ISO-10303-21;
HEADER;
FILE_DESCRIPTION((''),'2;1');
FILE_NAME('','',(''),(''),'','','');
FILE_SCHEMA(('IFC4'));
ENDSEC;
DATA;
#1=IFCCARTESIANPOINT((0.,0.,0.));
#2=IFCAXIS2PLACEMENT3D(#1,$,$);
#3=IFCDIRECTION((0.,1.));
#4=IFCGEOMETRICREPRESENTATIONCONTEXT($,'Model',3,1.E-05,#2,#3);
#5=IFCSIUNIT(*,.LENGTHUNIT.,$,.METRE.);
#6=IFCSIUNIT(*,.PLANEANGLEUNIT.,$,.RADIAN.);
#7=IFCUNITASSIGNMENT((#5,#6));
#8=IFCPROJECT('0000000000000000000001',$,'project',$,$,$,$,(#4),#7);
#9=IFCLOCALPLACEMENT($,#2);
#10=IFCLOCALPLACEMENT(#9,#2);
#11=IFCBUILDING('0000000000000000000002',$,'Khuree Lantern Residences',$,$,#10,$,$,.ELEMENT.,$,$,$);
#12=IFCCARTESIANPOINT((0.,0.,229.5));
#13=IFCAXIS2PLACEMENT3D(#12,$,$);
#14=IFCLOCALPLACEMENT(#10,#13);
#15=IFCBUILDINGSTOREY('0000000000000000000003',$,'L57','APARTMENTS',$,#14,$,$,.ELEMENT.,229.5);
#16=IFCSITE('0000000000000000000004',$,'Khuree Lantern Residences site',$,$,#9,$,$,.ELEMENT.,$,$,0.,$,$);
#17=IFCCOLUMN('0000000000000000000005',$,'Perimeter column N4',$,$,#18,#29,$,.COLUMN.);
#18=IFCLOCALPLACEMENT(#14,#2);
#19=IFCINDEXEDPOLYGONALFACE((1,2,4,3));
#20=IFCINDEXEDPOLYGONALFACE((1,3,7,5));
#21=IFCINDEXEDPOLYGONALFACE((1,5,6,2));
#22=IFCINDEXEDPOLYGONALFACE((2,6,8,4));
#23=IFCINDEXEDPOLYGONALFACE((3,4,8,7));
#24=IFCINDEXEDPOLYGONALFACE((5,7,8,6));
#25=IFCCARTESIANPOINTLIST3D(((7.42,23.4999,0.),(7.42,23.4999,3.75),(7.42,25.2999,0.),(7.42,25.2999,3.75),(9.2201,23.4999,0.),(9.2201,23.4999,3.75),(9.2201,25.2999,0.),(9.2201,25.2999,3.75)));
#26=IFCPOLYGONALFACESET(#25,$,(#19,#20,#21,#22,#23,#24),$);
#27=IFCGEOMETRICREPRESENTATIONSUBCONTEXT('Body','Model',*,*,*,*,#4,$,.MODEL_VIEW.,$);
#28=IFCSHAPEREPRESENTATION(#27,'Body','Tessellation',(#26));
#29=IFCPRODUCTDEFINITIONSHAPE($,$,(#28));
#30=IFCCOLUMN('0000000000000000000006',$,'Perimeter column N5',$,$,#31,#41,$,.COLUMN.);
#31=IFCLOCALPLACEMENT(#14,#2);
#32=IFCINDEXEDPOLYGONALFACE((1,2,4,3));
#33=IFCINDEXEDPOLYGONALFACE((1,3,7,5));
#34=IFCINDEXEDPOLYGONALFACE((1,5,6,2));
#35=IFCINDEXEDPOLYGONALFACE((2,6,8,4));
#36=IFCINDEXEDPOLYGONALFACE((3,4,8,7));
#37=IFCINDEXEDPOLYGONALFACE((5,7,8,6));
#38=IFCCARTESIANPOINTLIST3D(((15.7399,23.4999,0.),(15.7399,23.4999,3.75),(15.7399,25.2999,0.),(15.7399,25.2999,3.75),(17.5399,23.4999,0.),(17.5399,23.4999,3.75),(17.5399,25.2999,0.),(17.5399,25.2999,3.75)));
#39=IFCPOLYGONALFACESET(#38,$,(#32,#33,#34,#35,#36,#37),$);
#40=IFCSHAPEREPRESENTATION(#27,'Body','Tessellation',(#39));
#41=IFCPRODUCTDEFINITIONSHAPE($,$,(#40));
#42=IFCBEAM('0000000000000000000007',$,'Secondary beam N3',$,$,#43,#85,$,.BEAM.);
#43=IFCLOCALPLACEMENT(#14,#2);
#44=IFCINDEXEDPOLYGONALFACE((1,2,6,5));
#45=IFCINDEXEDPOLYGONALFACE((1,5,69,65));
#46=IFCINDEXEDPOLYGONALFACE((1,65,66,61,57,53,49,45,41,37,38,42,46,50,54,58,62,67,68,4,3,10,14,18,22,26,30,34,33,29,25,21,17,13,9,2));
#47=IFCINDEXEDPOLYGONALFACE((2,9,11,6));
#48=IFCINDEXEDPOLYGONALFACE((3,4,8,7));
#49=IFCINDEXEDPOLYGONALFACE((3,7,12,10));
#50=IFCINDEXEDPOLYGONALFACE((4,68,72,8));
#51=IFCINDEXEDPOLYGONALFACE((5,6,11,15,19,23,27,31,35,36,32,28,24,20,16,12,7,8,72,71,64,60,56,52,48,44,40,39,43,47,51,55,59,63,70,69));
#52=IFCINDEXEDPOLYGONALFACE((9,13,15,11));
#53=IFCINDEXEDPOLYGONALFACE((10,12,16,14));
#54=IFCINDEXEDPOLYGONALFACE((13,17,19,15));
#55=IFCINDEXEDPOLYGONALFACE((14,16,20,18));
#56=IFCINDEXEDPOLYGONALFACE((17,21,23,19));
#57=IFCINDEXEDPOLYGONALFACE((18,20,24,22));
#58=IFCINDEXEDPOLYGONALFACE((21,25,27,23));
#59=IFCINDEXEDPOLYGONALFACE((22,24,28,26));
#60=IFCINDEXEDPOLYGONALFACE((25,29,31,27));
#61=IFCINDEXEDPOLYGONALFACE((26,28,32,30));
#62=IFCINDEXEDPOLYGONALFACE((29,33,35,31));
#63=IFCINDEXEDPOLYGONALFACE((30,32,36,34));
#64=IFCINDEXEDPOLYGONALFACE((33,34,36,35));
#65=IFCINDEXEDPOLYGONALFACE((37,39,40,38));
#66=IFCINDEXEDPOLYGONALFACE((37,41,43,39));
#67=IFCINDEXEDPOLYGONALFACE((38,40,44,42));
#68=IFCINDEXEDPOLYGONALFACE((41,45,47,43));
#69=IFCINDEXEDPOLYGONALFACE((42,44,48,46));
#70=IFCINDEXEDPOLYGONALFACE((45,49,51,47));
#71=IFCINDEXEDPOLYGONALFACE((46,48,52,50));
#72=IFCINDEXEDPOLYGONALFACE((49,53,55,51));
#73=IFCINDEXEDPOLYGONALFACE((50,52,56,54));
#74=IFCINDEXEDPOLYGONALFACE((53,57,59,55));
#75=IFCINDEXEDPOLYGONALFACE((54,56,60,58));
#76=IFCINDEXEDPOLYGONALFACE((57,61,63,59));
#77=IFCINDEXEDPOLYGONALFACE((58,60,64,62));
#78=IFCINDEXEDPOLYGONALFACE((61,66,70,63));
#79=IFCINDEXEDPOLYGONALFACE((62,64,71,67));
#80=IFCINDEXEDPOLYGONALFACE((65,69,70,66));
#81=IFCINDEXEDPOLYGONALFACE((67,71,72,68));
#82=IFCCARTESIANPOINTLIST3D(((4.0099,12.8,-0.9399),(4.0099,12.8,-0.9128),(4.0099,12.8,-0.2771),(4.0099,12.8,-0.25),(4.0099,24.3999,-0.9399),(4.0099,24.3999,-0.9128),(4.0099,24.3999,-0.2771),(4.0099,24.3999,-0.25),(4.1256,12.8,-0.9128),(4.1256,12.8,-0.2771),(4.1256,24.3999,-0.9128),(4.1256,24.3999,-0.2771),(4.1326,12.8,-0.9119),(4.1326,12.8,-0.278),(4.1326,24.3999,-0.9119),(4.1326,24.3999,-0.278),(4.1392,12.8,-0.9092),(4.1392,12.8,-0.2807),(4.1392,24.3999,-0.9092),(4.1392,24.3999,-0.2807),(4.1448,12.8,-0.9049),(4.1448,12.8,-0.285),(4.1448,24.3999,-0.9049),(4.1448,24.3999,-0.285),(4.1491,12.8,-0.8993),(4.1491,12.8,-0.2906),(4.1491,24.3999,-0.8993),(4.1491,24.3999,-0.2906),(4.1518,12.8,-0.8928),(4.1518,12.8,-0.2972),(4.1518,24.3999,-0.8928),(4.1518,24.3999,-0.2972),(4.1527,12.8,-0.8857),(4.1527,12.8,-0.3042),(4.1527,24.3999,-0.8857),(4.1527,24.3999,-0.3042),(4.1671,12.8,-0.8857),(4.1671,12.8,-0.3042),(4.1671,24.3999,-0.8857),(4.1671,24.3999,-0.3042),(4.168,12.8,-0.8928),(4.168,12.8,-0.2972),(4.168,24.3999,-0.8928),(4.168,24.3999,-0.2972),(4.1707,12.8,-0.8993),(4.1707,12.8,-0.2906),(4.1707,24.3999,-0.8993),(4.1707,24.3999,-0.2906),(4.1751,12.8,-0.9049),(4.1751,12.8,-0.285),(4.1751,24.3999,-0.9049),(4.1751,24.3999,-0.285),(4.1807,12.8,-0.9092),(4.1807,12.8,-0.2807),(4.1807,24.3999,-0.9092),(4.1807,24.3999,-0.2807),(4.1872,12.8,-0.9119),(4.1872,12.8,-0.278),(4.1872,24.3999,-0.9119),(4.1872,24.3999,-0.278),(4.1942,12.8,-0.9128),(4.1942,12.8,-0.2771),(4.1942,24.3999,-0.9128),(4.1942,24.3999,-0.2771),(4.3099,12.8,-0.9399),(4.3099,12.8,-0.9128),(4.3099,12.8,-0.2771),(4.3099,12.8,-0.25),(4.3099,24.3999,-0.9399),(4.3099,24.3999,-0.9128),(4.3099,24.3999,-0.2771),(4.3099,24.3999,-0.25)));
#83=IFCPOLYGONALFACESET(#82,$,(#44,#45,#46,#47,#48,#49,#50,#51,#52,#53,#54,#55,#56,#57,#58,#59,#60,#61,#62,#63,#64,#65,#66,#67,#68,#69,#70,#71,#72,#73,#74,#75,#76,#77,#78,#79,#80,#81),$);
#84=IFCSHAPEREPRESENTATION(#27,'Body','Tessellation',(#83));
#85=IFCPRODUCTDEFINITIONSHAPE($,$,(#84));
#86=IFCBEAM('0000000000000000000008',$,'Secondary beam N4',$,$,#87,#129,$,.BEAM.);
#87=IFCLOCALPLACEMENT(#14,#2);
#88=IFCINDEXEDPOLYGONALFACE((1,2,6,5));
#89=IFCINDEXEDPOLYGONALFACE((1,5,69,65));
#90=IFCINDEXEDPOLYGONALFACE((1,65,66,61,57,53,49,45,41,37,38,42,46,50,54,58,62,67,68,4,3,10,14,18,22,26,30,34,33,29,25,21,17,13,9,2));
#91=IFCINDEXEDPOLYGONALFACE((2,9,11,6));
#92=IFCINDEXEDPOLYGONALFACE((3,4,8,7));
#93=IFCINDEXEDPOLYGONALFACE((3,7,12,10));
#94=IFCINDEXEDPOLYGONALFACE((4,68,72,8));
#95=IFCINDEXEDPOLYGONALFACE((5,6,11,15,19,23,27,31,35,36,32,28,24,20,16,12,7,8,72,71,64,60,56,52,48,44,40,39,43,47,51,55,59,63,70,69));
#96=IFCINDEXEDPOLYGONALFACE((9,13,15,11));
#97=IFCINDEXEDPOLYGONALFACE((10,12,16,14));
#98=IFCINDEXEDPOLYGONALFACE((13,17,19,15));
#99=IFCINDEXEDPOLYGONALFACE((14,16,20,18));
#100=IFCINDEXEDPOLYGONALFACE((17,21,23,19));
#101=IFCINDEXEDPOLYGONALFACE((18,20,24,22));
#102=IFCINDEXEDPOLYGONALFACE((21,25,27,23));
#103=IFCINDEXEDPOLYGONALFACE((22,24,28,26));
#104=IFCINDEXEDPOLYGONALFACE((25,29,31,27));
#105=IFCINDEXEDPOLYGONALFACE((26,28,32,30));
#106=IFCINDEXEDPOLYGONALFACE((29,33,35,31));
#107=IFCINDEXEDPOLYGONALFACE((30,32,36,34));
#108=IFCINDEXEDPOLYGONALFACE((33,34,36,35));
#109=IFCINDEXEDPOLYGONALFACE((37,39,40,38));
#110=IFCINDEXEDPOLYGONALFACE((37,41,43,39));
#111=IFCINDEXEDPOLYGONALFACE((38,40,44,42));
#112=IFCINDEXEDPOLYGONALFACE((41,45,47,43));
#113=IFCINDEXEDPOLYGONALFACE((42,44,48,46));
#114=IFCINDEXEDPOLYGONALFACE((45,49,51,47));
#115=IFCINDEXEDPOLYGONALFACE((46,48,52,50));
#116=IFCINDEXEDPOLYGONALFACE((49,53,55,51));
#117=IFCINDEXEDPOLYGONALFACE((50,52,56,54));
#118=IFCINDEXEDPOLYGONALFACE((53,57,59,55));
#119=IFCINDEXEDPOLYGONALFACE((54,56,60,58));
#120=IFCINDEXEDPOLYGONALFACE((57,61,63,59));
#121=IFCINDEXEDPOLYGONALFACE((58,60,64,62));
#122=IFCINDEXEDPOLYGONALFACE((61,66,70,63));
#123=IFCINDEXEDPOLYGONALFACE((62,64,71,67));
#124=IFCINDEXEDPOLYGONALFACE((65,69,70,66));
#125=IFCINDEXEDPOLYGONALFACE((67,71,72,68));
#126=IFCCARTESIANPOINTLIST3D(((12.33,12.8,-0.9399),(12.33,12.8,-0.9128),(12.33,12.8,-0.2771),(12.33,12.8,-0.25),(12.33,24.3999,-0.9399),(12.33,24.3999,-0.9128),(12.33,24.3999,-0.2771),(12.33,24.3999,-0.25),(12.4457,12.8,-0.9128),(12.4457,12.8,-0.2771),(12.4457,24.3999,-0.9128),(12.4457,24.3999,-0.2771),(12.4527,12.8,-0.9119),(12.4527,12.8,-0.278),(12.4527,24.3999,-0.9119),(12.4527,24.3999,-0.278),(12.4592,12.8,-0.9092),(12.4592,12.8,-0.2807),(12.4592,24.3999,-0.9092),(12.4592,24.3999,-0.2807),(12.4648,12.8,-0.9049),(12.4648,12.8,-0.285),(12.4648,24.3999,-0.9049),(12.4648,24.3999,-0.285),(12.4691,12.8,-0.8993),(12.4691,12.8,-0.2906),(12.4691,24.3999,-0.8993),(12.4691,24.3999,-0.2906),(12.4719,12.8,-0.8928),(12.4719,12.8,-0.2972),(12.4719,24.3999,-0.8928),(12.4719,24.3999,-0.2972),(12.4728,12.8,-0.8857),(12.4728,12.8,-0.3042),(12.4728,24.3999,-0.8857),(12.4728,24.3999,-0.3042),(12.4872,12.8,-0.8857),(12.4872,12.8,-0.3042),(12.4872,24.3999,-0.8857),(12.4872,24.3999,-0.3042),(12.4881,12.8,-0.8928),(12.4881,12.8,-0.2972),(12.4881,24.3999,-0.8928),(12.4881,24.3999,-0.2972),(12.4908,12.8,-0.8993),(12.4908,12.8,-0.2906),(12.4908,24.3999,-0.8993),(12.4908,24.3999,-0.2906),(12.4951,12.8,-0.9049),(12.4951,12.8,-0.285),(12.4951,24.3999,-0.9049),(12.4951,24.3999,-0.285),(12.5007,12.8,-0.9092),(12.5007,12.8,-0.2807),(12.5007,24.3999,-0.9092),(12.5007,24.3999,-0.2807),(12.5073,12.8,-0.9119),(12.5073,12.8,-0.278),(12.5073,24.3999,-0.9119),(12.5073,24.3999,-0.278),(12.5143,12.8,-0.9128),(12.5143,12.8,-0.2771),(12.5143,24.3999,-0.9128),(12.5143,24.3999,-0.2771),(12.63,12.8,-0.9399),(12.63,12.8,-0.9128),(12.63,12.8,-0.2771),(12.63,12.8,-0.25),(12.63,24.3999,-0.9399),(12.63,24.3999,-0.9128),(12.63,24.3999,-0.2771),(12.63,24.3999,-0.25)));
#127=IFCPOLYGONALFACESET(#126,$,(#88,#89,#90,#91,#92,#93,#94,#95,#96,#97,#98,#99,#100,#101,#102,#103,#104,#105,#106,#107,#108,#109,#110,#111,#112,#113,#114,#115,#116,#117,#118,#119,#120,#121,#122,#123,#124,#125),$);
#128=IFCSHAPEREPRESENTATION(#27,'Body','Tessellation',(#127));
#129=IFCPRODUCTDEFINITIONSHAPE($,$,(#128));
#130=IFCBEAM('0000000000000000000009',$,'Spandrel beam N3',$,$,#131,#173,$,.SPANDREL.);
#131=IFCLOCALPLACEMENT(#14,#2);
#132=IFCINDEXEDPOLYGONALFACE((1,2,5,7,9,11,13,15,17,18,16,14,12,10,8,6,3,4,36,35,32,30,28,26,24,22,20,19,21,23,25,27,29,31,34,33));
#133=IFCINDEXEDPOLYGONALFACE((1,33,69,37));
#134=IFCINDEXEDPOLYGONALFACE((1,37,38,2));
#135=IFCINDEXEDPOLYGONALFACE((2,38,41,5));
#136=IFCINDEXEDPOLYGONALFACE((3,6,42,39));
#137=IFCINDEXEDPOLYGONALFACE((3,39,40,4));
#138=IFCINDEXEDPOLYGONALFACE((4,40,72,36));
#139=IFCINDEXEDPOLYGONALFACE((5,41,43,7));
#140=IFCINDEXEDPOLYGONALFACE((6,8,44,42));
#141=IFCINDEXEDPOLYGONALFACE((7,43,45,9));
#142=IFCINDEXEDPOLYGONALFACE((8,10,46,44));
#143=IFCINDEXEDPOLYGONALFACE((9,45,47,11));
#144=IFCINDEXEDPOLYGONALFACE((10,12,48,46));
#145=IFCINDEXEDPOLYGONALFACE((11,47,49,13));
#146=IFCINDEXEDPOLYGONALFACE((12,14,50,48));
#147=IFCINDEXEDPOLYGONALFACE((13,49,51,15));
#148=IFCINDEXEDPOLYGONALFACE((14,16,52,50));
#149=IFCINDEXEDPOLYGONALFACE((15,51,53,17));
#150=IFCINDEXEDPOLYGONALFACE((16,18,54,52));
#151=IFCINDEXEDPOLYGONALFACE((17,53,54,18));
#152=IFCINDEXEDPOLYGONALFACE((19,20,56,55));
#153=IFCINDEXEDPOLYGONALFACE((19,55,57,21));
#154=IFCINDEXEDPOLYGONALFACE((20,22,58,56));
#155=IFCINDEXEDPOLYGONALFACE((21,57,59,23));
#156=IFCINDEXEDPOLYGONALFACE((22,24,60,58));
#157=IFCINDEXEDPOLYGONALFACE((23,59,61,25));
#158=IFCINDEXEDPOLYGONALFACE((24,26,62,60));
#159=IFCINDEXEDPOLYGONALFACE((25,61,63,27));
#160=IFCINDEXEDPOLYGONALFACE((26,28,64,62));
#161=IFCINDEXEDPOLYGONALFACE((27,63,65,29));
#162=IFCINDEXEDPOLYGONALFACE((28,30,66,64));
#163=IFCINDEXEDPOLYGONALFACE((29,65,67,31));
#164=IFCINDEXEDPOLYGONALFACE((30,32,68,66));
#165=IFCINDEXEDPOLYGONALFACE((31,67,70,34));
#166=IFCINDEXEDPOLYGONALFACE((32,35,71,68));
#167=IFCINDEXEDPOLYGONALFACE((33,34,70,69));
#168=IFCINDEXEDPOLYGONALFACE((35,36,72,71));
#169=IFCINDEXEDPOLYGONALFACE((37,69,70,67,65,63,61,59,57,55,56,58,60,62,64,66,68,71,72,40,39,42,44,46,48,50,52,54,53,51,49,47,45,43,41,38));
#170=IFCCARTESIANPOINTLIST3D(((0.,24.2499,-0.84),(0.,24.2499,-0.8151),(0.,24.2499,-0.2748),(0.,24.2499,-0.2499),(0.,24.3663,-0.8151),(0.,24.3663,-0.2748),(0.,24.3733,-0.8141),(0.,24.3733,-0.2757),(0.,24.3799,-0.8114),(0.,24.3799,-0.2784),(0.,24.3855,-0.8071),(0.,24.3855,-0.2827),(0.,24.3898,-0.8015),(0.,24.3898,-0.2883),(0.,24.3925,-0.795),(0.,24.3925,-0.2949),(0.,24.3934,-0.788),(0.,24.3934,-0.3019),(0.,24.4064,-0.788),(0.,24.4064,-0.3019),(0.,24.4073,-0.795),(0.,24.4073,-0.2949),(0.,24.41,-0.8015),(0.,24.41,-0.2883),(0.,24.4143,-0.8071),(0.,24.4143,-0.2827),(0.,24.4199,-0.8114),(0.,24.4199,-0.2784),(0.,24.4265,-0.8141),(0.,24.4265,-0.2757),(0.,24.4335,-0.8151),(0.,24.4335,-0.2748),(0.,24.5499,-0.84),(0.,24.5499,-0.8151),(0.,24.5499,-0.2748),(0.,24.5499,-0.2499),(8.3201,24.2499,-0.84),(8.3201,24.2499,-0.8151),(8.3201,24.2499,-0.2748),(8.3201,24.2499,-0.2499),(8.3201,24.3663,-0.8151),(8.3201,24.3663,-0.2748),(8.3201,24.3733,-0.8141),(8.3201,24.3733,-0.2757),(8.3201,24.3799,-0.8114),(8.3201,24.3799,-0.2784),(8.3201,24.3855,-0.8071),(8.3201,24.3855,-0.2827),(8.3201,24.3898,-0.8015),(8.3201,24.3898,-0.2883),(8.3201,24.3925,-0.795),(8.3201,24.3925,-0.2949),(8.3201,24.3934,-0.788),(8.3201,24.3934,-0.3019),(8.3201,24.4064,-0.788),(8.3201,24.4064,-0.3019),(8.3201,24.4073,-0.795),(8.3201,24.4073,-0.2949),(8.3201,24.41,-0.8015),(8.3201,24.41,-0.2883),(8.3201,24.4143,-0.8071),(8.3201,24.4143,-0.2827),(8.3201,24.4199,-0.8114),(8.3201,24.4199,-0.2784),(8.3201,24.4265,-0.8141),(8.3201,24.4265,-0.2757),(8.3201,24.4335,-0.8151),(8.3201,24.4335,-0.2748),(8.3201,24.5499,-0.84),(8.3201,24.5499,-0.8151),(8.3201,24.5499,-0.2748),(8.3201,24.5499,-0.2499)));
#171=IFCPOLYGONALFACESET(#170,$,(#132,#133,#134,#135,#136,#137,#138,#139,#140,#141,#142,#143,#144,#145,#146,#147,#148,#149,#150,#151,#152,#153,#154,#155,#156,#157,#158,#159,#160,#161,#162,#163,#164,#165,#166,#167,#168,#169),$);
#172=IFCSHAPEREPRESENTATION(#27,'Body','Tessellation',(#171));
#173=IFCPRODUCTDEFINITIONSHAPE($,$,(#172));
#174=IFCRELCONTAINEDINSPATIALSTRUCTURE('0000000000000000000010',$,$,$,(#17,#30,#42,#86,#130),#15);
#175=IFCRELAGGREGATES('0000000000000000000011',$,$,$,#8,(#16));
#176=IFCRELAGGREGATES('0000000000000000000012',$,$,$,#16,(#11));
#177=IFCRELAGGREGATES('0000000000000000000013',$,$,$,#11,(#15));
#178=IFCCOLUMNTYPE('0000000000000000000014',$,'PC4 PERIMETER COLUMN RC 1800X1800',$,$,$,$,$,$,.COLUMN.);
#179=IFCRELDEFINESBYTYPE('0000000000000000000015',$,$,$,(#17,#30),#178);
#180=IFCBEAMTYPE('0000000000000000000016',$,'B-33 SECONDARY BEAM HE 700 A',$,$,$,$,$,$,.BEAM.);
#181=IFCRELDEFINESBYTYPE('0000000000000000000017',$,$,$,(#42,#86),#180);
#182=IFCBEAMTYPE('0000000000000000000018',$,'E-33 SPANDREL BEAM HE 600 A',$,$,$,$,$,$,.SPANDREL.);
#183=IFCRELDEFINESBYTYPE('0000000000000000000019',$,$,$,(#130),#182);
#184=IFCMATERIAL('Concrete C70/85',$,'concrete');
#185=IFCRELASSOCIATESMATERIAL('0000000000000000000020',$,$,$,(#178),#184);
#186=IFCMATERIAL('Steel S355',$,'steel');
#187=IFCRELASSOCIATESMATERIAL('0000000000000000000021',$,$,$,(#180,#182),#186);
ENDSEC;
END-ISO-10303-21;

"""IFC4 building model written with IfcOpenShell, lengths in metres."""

from ifc_helpers import new_model, si_unit, direction, frame, origin, origin_2d, place, context, subcontext, project, spatial, rectangle, i_section, extrude, material, material_profile, profile_set, type_object, element, save


model = new_model("IFC4")

# Units and contexts
model_context = context("Model", 3, precision=1e-05, world=origin(), true_north=direction((0.0, 1.0)))
body_context = subcontext(model_context, "Body", "Model", "MODEL_VIEW")
ifc_project = project(units=[si_unit("LENGTHUNIT", "METRE"), si_unit("PLANEANGLEUNIT", "RADIAN")], contexts=[model_context])

# Site, building, storey
site_placement = place(None, origin())
site = spatial("IfcSite", under=ifc_project, at=site_placement, Name="Khuree Lantern Residences site", CompositionType="ELEMENT", RefElevation=0.0)
building_placement = place(site_placement, origin())
building = spatial("IfcBuilding", under=site, at=building_placement, Name="Khuree Lantern Residences", CompositionType="ELEMENT")
storey_placement = place(building_placement, frame((0.0, 0.0, 229.5)))
storey = spatial("IfcBuildingStorey", under=building, at=storey_placement, Name="L57", Description="APARTMENTS", CompositionType="ELEMENT", Elevation=229.5)

# Columns
ifc_material_1 = material(Name="Concrete C70/85", Category="concrete")
ifc_material_profile_1 = material_profile(ifc_material_1, rectangle(XDim=1.8, YDim=1.8, at=origin_2d()), Name="RC 1800X1800")
ifc_profile_set_1 = profile_set([ifc_material_profile_1], Name="Concrete C70/85")
column_type = type_object("IfcColumnType", Name="PC4 PERIMETER COLUMN RC 1800X1800", PredefinedType="COLUMN", material=ifc_profile_set_1)
for number, where, z_axis, x_axis, name in (
    (1, (8.3201, 24.3999, 0.0), (0.0, 0.0, 1.0), (1.0, 0.0, 0.0), "Perimeter column N4"),
    (2, (16.6399, 24.3999, 0.0), (0.0, 0.0, 1.0), (1.0, 0.0, 0.0), "Perimeter column N5"),
):
    element("IfcColumn", number, at=place(storey_placement, frame(where, z_axis=z_axis, x_axis=x_axis)), inside=storey, type_object=column_type, Name=name, PredefinedType="COLUMN", context=body_context, shape_type="SweptSolid", body=[
        extrude(rectangle(XDim=1.8, YDim=1.8, at=origin_2d()), origin(), (0.0, 0.0, 1.0), 3.75),
    ])

# Beams
ifc_material_2 = material(Name="Steel S355", Category="steel")
ifc_material_profile_2 = material_profile(ifc_material_2, i_section(OverallWidth=0.3, OverallDepth=0.6899, WebThickness=0.0144, FlangeThickness=0.0271, FilletRadius=0.0271, at=origin_2d()), Name="HE 700 A")
ifc_profile_set_2 = profile_set([ifc_material_profile_2], Name="Steel S355")
beam_type_1 = type_object("IfcBeamType", Name="B-33 SECONDARY BEAM HE 700 A", PredefinedType="BEAM", material=ifc_profile_set_2)
for number, where, z_axis, x_axis, name in (
    (3, (4.1599, 24.3999, -0.595), (0.0, -1.0, 0.0), (1.0, 0.0, 0.0), "Secondary beam N3"),
    (4, (12.48, 24.3999, -0.595), (0.0, -1.0, 0.0), (1.0, 0.0, 0.0), "Secondary beam N4"),
):
    element("IfcBeam", number, at=place(storey_placement, frame(where, z_axis=z_axis, x_axis=x_axis)), inside=storey, type_object=beam_type_1, Name=name, PredefinedType="BEAM", context=body_context, shape_type="SweptSolid", body=[
        extrude(i_section(OverallWidth=0.3, OverallDepth=0.6899, WebThickness=0.0144, FlangeThickness=0.0271, FilletRadius=0.0271, at=origin_2d()), origin(), (0.0, 0.0, 1.0), 11.5999),
    ])
ifc_material_profile_3 = material_profile(ifc_material_2, i_section(OverallWidth=0.3, OverallDepth=0.5901, WebThickness=0.0129, FlangeThickness=0.0249, FilletRadius=0.0271, at=origin_2d()), Name="HE 600 A")
ifc_profile_set_3 = profile_set([ifc_material_profile_3], Name="Steel S355")
beam_type_2 = type_object("IfcBeamType", Name="E-33 SPANDREL BEAM HE 600 A", PredefinedType="SPANDREL", material=ifc_profile_set_3)
beam_1_placement = place(storey_placement, frame((0.0, 24.3999, -0.5449), z_axis=(1.0, 0.0, 0.0), x_axis=(0.0, 1.0, 0.0)))
element("IfcBeam", 5, at=beam_1_placement, inside=storey, type_object=beam_type_2, Name="Spandrel beam N3", PredefinedType="SPANDREL", context=body_context, shape_type="SweptSolid", body=[
    extrude(i_section(OverallWidth=0.3, OverallDepth=0.5901, WebThickness=0.0129, FlangeThickness=0.0249, FilletRadius=0.0271, at=origin_2d()), origin(), (0.0, 0.0, 1.0), 8.3201),
])

save(model, "model.ifc")
